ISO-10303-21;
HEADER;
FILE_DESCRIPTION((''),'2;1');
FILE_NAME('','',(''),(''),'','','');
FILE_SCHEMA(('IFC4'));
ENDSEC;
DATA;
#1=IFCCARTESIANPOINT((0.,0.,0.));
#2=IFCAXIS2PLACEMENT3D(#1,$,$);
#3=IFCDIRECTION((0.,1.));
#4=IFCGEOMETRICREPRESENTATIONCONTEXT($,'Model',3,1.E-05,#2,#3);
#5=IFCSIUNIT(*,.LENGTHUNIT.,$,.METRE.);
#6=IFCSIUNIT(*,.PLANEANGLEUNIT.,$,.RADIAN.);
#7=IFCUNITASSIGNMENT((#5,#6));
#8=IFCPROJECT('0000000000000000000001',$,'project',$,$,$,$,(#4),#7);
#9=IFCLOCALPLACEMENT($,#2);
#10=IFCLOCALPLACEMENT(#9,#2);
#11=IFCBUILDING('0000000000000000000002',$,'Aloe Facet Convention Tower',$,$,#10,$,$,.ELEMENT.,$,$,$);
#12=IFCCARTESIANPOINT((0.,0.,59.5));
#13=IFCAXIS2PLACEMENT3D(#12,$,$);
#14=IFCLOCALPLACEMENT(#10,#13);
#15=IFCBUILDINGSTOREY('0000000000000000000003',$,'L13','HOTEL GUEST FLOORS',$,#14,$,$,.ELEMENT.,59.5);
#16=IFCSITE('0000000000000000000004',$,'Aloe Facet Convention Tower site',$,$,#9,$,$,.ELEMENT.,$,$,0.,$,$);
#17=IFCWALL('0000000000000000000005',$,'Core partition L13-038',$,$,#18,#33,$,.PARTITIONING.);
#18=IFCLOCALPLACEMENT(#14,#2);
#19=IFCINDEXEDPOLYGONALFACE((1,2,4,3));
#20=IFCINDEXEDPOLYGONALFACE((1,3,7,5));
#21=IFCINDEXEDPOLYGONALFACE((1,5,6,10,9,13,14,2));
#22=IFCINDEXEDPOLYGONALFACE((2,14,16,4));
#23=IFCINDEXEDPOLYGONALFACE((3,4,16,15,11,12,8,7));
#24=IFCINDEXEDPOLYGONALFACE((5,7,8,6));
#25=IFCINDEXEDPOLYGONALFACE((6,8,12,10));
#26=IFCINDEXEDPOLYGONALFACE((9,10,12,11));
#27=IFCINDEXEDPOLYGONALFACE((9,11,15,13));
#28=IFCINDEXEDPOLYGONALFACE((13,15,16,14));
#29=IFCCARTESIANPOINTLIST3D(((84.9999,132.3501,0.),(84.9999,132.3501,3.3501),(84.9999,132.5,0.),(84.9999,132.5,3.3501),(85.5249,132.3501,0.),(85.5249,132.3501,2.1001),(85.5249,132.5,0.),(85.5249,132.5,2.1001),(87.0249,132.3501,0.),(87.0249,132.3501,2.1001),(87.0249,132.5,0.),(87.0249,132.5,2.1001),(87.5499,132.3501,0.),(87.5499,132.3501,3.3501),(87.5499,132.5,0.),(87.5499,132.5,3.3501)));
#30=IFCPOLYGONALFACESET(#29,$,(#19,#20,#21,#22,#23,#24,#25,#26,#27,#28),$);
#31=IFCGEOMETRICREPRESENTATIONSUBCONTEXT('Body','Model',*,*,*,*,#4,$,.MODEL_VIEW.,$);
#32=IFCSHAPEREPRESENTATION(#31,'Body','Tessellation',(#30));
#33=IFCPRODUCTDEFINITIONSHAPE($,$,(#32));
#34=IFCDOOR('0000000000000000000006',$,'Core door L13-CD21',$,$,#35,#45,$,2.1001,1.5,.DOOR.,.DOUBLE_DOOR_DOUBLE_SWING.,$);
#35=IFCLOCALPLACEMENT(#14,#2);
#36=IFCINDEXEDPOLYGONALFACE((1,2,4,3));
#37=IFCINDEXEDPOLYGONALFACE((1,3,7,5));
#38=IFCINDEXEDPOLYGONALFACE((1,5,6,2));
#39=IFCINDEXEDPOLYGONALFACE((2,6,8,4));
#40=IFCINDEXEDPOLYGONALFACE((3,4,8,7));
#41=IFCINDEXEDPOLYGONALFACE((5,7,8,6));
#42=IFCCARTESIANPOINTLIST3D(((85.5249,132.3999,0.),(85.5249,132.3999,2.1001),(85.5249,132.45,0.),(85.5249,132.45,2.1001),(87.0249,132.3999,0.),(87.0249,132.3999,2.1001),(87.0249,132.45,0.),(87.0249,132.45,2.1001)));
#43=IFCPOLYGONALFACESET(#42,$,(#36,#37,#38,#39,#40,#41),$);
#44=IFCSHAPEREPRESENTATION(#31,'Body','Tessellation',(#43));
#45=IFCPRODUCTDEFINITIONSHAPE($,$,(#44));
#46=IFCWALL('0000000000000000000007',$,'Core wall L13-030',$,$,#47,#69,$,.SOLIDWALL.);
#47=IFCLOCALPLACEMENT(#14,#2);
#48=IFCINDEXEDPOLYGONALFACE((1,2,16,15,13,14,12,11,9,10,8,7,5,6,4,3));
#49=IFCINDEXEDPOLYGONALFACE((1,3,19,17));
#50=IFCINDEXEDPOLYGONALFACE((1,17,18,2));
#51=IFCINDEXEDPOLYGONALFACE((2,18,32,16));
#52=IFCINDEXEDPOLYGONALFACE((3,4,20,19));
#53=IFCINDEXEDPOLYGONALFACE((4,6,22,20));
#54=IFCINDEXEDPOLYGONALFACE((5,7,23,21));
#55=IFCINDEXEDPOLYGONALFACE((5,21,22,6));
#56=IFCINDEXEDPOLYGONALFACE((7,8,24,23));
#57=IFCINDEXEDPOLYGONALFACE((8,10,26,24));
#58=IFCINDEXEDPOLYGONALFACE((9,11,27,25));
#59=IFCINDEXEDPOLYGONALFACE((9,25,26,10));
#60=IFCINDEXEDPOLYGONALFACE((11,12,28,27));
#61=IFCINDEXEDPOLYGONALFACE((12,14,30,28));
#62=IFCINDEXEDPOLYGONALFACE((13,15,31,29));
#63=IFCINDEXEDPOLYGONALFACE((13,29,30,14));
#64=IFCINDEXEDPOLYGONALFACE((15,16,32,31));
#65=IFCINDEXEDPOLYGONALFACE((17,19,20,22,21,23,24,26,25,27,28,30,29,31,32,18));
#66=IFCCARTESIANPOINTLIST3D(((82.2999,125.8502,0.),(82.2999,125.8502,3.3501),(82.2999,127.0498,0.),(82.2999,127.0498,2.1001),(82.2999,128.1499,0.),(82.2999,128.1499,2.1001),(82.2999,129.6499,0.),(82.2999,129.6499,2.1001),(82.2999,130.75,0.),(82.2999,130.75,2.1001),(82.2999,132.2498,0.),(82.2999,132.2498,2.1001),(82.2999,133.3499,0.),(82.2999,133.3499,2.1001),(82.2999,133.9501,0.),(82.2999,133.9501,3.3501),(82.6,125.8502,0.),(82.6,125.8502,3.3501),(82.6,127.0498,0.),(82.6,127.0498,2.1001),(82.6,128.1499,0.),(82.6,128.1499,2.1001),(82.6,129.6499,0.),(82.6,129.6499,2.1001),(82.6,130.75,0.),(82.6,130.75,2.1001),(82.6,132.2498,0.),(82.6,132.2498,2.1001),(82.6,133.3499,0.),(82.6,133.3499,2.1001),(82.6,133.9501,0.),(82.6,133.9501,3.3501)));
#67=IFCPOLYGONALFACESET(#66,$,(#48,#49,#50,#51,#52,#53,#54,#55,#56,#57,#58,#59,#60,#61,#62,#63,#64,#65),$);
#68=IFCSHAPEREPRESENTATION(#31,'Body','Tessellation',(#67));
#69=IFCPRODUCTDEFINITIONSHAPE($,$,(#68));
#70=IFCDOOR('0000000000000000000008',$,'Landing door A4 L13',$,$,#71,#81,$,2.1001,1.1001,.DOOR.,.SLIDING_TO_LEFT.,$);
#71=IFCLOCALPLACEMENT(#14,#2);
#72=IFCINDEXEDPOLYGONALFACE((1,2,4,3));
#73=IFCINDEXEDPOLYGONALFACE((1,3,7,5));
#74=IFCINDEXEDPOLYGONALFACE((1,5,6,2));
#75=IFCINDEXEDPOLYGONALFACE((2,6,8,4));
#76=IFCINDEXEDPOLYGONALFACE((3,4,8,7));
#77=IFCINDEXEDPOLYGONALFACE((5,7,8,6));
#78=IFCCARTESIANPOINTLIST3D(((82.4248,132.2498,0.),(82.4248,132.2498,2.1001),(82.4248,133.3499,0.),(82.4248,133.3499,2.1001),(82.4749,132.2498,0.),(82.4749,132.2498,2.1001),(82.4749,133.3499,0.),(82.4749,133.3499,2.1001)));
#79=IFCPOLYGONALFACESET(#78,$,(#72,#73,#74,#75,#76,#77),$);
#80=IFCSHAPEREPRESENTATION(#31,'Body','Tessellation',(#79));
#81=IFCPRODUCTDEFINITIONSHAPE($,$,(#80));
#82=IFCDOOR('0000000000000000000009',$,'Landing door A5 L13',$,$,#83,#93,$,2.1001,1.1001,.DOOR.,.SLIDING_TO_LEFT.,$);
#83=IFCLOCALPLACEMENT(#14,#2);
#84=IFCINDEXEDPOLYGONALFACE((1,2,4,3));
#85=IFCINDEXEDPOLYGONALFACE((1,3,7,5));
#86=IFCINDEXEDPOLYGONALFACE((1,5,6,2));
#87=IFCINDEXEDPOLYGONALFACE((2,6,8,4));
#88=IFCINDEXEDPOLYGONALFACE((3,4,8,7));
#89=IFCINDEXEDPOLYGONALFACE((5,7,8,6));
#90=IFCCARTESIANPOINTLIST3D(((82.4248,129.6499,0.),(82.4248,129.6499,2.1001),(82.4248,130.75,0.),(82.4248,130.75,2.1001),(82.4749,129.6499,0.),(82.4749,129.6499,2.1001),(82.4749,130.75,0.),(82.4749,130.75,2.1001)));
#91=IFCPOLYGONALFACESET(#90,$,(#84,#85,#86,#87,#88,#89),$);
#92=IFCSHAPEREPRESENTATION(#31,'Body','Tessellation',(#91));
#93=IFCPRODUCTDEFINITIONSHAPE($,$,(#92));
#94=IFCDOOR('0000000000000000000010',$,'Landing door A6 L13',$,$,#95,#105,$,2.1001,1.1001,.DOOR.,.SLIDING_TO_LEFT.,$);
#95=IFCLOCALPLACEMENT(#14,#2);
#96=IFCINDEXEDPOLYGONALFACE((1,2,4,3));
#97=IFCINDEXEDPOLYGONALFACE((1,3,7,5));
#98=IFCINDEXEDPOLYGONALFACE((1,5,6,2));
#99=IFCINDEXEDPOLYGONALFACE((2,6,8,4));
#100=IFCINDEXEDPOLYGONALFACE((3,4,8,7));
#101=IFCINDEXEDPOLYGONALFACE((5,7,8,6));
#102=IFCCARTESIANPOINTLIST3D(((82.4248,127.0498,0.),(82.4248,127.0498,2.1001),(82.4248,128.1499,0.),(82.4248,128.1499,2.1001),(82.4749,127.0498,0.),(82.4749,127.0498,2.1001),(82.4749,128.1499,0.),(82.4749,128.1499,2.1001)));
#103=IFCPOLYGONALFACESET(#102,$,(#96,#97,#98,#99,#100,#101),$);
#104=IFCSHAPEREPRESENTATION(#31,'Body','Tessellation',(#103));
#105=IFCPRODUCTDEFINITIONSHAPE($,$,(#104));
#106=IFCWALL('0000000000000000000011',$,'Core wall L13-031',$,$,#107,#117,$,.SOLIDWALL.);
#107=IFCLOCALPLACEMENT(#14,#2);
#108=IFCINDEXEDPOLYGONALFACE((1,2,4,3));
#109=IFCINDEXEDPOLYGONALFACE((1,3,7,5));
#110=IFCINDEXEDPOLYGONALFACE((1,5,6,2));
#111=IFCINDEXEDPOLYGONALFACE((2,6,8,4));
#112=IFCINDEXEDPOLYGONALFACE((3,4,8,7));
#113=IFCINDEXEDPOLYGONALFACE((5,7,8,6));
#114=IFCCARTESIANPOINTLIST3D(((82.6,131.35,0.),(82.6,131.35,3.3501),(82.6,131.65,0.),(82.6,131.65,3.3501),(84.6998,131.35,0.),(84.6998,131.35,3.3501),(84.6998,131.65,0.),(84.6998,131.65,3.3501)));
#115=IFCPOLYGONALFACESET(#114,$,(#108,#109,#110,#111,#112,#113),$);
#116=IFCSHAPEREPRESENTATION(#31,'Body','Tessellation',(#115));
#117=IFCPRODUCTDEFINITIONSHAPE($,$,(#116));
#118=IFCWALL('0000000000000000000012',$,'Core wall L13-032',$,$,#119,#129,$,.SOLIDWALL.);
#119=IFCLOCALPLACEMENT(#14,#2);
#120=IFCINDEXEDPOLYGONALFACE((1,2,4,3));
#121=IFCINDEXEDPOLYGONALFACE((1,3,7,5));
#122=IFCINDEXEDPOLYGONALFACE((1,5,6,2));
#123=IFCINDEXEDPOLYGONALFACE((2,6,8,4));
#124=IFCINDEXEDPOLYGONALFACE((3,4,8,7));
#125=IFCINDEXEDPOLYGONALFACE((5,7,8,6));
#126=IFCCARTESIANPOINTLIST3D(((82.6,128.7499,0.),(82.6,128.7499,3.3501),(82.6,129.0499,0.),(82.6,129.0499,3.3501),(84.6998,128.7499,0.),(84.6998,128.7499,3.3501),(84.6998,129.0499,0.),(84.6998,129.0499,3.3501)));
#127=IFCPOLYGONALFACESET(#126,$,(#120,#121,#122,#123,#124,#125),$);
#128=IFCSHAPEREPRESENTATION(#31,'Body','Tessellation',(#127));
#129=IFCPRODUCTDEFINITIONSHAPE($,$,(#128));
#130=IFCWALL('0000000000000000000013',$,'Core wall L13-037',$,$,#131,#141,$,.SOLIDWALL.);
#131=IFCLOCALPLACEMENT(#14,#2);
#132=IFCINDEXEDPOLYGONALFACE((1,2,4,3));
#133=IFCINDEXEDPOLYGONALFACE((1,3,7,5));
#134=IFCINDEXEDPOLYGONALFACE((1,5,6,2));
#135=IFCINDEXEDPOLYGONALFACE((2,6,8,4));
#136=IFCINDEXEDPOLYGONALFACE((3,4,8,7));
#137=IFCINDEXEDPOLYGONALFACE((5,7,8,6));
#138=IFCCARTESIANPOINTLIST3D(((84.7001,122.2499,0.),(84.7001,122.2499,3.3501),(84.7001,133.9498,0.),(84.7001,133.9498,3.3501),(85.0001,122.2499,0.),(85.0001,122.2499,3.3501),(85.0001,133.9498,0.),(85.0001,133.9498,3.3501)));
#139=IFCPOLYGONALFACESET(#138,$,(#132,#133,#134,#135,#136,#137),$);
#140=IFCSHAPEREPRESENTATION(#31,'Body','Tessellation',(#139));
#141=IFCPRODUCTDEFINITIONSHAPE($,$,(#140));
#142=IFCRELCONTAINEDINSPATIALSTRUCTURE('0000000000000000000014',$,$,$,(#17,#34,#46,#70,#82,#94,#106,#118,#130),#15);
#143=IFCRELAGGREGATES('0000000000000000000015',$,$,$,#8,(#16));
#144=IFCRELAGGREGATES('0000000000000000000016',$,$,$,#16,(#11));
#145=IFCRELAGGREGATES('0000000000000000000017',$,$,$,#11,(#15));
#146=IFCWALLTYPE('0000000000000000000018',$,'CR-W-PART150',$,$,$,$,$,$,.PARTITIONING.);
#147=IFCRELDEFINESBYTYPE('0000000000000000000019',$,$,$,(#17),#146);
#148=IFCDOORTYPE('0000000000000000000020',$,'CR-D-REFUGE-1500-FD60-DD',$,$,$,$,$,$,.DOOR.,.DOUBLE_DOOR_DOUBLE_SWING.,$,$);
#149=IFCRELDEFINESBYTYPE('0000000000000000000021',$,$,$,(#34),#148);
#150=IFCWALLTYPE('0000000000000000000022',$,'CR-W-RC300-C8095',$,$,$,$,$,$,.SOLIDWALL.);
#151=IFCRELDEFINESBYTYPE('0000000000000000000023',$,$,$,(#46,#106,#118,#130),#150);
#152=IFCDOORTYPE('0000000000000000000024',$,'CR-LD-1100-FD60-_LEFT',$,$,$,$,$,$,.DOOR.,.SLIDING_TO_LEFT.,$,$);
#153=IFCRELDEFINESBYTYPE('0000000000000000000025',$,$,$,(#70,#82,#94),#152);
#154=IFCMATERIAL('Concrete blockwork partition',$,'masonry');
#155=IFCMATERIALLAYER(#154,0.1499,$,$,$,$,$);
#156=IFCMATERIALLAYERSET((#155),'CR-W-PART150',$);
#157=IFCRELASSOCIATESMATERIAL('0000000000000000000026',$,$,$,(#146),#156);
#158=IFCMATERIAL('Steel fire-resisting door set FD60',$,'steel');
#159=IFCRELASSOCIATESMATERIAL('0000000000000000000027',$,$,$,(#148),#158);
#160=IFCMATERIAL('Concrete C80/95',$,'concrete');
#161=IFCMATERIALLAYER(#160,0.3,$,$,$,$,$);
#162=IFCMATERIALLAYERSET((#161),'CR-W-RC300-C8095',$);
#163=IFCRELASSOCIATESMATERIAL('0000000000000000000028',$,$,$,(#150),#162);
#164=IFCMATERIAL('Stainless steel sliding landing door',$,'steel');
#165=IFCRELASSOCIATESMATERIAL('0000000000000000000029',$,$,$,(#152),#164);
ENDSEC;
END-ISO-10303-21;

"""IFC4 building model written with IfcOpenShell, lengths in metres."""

from ifc_helpers import new_model, si_unit, direction, frame, frame_2d, origin, place, context, subcontext, project, spatial, rectangle, extrude, material, layer, layer_set, type_object, element, fill, save


model = new_model("IFC4")

# Units and contexts
model_context = context("Model", 3, precision=1e-05, world=origin(), true_north=direction((0.0, 1.0)))
body_context = subcontext(model_context, "Body", "Model", "MODEL_VIEW")
ifc_project = project(units=[si_unit("LENGTHUNIT", "METRE"), si_unit("PLANEANGLEUNIT", "RADIAN")], contexts=[model_context])

# Site, building, storey
site_placement = place(None, origin())
site = spatial("IfcSite", under=ifc_project, at=site_placement, Name="Aloe Facet Convention Tower site", CompositionType="ELEMENT", RefElevation=0.0)
building_placement = place(site_placement, origin())
building = spatial("IfcBuilding", under=site, at=building_placement, Name="Aloe Facet Convention Tower", CompositionType="ELEMENT")
storey_placement = place(building_placement, frame((0.0, 0.0, 59.5)))
storey = spatial("IfcBuildingStorey", under=building, at=storey_placement, Name="L13", Description="HOTEL GUEST FLOORS", CompositionType="ELEMENT", Elevation=59.5)

# Wall, opening, door
ifc_material_1 = material(Name="Concrete blockwork partition", Category="masonry")
ifc_layer_1 = layer(ifc_material_1, 0.1499)
ifc_layer_set_1 = layer_set([ifc_layer_1], Name="CR-W-PART150")
wall_type_1 = type_object("IfcWallType", Name="CR-W-PART150", PredefinedType="PARTITIONING", material=ifc_layer_set_1)
wall_1_placement = place(storey_placement, frame((85.0, 132.425, 0.0), z_axis=(0.0, 0.0, 1.0), x_axis=(1.0, 0.0, 0.0)))
wall_1 = element("IfcWall", 1, at=wall_1_placement, inside=storey, type_object=wall_type_1, Name="Core partition L13-038", PredefinedType="PARTITIONING", context=body_context, shape_type="SweptSolid", body=[
    extrude(rectangle(XDim=2.55, YDim=0.1499, at=frame_2d((1.2749, 0.0))), origin(), (0.0, 0.0, 1.0), 3.3501),
])
opening_1_placement = place(wall_1_placement, frame((0.5249, 0.0, 0.0)))
opening_1 = element("IfcOpeningElement", 2, at=opening_1_placement, cuts=wall_1, PredefinedType="OPENING", context=body_context, shape_type="SweptSolid", body=[
    extrude(rectangle(XDim=1.5, YDim=2.1001, at=frame_2d((0.75, 1.05))), frame((0.0, 0.085, 0.0), z_axis=(0.0, -1.0, 0.0), x_axis=(1.0, 0.0, 0.0)), (0.0, 0.0, 1.0), 0.1699),
])
ifc_material_2 = material(Name="Steel fire-resisting door set FD60", Category="steel")
door_type_1 = type_object("IfcDoorType", Name="CR-D-REFUGE-1500-FD60-DD", OperationType="DOUBLE_DOOR_DOUBLE_SWING", PredefinedType="DOOR", material=ifc_material_2)
door_1_placement = place(opening_1_placement, origin())
door_1 = element("IfcDoor", 3, at=door_1_placement, inside=storey, type_object=door_type_1, Name="Core door L13-CD21", OperationType="DOUBLE_DOOR_DOUBLE_SWING", OverallHeight=2.1001, OverallWidth=1.5, PredefinedType="DOOR", context=body_context, shape_type="SweptSolid", body=[
    extrude(rectangle(XDim=1.5, YDim=2.1001, at=frame_2d((0.75, 1.05))), frame((0.0, 0.0249, 0.0), z_axis=(0.0, -1.0, 0.0), x_axis=(1.0, 0.0, 0.0)), (0.0, 0.0, 1.0), 0.05),
])
fill(opening_1, door_1)

# Wall, openings, doors
ifc_material_3 = material(Name="Concrete C80/95", Category="concrete")
ifc_layer_2 = layer(ifc_material_3, 0.3)
ifc_layer_set_2 = layer_set([ifc_layer_2], Name="CR-W-RC300-C8095")
wall_type_2 = type_object("IfcWallType", Name="CR-W-RC300-C8095", PredefinedType="SOLIDWALL", material=ifc_layer_set_2)
wall_2_placement = place(storey_placement, frame((82.45, 133.95, 0.0), z_axis=(0.0, 0.0, 1.0), x_axis=(0.0, -1.0, 0.0)))
wall_2 = element("IfcWall", 4, at=wall_2_placement, inside=storey, type_object=wall_type_2, Name="Core wall L13-030", PredefinedType="SOLIDWALL", context=body_context, shape_type="SweptSolid", body=[
    extrude(rectangle(XDim=8.0999, YDim=0.3, at=frame_2d((4.0498, 0.0))), origin(), (0.0, 0.0, 1.0), 3.3501),
])
opening_2_placement = place(wall_2_placement, frame((0.6001, 0.0, 0.0)))
opening_2 = element("IfcOpeningElement", 5, at=opening_2_placement, cuts=wall_2, PredefinedType="OPENING", context=body_context, shape_type="SweptSolid", body=[
    extrude(rectangle(XDim=1.1001, YDim=2.1001, at=frame_2d((0.55, 1.05))), frame((0.0, 0.1602, 0.0), z_axis=(0.0, -1.0, 0.0), x_axis=(1.0, 0.0, 0.0)), (0.0, 0.0, 1.0), 0.3201),
])
opening_3_placement = place(wall_2_placement, frame((3.2, 0.0, 0.0)))
opening_3 = element("IfcOpeningElement", 6, at=opening_3_placement, cuts=wall_2, PredefinedType="OPENING", context=body_context, shape_type="SweptSolid", body=[
    extrude(rectangle(XDim=1.1001, YDim=2.1001, at=frame_2d((0.55, 1.05))), frame((0.0, 0.1602, 0.0), z_axis=(0.0, -1.0, 0.0), x_axis=(1.0, 0.0, 0.0)), (0.0, 0.0, 1.0), 0.3201),
])
opening_4_placement = place(wall_2_placement, frame((5.8, 0.0, 0.0)))
opening_4 = element("IfcOpeningElement", 7, at=opening_4_placement, cuts=wall_2, PredefinedType="OPENING", context=body_context, shape_type="SweptSolid", body=[
    extrude(rectangle(XDim=1.1001, YDim=2.1001, at=frame_2d((0.55, 1.05))), frame((0.0, 0.1602, 0.0), z_axis=(0.0, -1.0, 0.0), x_axis=(1.0, 0.0, 0.0)), (0.0, 0.0, 1.0), 0.3201),
])
ifc_material_4 = material(Name="Stainless steel sliding landing door", Category="steel")
door_type_2 = type_object("IfcDoorType", Name="CR-LD-1100-FD60-_LEFT", OperationType="SLIDING_TO_LEFT", PredefinedType="DOOR", material=ifc_material_4)
door_2_placement = place(opening_2_placement, origin())
door_2 = element("IfcDoor", 8, at=door_2_placement, inside=storey, type_object=door_type_2, Name="Landing door A4 L13", OperationType="SLIDING_TO_LEFT", OverallHeight=2.1001, OverallWidth=1.1001, PredefinedType="DOOR", context=body_context, shape_type="SweptSolid", body=[
    extrude(rectangle(XDim=1.1001, YDim=2.1001, at=frame_2d((0.55, 1.05))), frame((0.0, 0.0249, 0.0), z_axis=(0.0, -1.0, 0.0), x_axis=(1.0, 0.0, 0.0)), (0.0, 0.0, 1.0), 0.05),
])
fill(opening_2, door_2)
door_3_placement = place(opening_3_placement, origin())
door_3 = element("IfcDoor", 9, at=door_3_placement, inside=storey, type_object=door_type_2, Name="Landing door A5 L13", OperationType="SLIDING_TO_LEFT", OverallHeight=2.1001, OverallWidth=1.1001, PredefinedType="DOOR", context=body_context, shape_type="SweptSolid", body=[
    extrude(rectangle(XDim=1.1001, YDim=2.1001, at=frame_2d((0.55, 1.05))), frame((0.0, 0.0249, 0.0), z_axis=(0.0, -1.0, 0.0), x_axis=(1.0, 0.0, 0.0)), (0.0, 0.0, 1.0), 0.05),
])
fill(opening_3, door_3)
door_4_placement = place(opening_4_placement, origin())
door_4 = element("IfcDoor", 10, at=door_4_placement, inside=storey, type_object=door_type_2, Name="Landing door A6 L13", OperationType="SLIDING_TO_LEFT", OverallHeight=2.1001, OverallWidth=1.1001, PredefinedType="DOOR", context=body_context, shape_type="SweptSolid", body=[
    extrude(rectangle(XDim=1.1001, YDim=2.1001, at=frame_2d((0.55, 1.05))), frame((0.0, 0.0249, 0.0), z_axis=(0.0, -1.0, 0.0), x_axis=(1.0, 0.0, 0.0)), (0.0, 0.0, 1.0), 0.05),
])
fill(opening_4, door_4)

# Walls
for number, where, z_axis, x_axis, name in (
    (11, (82.6001, 131.5, 0.0), (0.0, 0.0, 1.0), (1.0, 0.0, 0.0), "Core wall L13-031"),
    (12, (82.6001, 128.8999, 0.0), (0.0, 0.0, 1.0), (1.0, 0.0, 0.0), "Core wall L13-032"),
):
    element("IfcWall", number, at=place(storey_placement, frame(where, z_axis=z_axis, x_axis=x_axis)), inside=storey, type_object=wall_type_2, Name=name, PredefinedType="SOLIDWALL", context=body_context, shape_type="SweptSolid", body=[
        extrude(rectangle(XDim=2.0999, YDim=0.3, at=frame_2d((1.0498, 0.0))), origin(), (0.0, 0.0, 1.0), 3.3501),
    ])
wall_3_placement = place(storey_placement, frame((84.8501, 133.95, 0.0), z_axis=(0.0, 0.0, 1.0), x_axis=(0.0, -1.0, 0.0)))
element("IfcWall", 13, at=wall_3_placement, inside=storey, type_object=wall_type_2, Name="Core wall L13-037", PredefinedType="SOLIDWALL", context=body_context, shape_type="SweptSolid", body=[
    extrude(rectangle(XDim=11.7, YDim=0.3, at=frame_2d((5.8501, 0.0))), origin(), (0.0, 0.0, 1.0), 3.3501),
])

save(model, "model.ifc")
